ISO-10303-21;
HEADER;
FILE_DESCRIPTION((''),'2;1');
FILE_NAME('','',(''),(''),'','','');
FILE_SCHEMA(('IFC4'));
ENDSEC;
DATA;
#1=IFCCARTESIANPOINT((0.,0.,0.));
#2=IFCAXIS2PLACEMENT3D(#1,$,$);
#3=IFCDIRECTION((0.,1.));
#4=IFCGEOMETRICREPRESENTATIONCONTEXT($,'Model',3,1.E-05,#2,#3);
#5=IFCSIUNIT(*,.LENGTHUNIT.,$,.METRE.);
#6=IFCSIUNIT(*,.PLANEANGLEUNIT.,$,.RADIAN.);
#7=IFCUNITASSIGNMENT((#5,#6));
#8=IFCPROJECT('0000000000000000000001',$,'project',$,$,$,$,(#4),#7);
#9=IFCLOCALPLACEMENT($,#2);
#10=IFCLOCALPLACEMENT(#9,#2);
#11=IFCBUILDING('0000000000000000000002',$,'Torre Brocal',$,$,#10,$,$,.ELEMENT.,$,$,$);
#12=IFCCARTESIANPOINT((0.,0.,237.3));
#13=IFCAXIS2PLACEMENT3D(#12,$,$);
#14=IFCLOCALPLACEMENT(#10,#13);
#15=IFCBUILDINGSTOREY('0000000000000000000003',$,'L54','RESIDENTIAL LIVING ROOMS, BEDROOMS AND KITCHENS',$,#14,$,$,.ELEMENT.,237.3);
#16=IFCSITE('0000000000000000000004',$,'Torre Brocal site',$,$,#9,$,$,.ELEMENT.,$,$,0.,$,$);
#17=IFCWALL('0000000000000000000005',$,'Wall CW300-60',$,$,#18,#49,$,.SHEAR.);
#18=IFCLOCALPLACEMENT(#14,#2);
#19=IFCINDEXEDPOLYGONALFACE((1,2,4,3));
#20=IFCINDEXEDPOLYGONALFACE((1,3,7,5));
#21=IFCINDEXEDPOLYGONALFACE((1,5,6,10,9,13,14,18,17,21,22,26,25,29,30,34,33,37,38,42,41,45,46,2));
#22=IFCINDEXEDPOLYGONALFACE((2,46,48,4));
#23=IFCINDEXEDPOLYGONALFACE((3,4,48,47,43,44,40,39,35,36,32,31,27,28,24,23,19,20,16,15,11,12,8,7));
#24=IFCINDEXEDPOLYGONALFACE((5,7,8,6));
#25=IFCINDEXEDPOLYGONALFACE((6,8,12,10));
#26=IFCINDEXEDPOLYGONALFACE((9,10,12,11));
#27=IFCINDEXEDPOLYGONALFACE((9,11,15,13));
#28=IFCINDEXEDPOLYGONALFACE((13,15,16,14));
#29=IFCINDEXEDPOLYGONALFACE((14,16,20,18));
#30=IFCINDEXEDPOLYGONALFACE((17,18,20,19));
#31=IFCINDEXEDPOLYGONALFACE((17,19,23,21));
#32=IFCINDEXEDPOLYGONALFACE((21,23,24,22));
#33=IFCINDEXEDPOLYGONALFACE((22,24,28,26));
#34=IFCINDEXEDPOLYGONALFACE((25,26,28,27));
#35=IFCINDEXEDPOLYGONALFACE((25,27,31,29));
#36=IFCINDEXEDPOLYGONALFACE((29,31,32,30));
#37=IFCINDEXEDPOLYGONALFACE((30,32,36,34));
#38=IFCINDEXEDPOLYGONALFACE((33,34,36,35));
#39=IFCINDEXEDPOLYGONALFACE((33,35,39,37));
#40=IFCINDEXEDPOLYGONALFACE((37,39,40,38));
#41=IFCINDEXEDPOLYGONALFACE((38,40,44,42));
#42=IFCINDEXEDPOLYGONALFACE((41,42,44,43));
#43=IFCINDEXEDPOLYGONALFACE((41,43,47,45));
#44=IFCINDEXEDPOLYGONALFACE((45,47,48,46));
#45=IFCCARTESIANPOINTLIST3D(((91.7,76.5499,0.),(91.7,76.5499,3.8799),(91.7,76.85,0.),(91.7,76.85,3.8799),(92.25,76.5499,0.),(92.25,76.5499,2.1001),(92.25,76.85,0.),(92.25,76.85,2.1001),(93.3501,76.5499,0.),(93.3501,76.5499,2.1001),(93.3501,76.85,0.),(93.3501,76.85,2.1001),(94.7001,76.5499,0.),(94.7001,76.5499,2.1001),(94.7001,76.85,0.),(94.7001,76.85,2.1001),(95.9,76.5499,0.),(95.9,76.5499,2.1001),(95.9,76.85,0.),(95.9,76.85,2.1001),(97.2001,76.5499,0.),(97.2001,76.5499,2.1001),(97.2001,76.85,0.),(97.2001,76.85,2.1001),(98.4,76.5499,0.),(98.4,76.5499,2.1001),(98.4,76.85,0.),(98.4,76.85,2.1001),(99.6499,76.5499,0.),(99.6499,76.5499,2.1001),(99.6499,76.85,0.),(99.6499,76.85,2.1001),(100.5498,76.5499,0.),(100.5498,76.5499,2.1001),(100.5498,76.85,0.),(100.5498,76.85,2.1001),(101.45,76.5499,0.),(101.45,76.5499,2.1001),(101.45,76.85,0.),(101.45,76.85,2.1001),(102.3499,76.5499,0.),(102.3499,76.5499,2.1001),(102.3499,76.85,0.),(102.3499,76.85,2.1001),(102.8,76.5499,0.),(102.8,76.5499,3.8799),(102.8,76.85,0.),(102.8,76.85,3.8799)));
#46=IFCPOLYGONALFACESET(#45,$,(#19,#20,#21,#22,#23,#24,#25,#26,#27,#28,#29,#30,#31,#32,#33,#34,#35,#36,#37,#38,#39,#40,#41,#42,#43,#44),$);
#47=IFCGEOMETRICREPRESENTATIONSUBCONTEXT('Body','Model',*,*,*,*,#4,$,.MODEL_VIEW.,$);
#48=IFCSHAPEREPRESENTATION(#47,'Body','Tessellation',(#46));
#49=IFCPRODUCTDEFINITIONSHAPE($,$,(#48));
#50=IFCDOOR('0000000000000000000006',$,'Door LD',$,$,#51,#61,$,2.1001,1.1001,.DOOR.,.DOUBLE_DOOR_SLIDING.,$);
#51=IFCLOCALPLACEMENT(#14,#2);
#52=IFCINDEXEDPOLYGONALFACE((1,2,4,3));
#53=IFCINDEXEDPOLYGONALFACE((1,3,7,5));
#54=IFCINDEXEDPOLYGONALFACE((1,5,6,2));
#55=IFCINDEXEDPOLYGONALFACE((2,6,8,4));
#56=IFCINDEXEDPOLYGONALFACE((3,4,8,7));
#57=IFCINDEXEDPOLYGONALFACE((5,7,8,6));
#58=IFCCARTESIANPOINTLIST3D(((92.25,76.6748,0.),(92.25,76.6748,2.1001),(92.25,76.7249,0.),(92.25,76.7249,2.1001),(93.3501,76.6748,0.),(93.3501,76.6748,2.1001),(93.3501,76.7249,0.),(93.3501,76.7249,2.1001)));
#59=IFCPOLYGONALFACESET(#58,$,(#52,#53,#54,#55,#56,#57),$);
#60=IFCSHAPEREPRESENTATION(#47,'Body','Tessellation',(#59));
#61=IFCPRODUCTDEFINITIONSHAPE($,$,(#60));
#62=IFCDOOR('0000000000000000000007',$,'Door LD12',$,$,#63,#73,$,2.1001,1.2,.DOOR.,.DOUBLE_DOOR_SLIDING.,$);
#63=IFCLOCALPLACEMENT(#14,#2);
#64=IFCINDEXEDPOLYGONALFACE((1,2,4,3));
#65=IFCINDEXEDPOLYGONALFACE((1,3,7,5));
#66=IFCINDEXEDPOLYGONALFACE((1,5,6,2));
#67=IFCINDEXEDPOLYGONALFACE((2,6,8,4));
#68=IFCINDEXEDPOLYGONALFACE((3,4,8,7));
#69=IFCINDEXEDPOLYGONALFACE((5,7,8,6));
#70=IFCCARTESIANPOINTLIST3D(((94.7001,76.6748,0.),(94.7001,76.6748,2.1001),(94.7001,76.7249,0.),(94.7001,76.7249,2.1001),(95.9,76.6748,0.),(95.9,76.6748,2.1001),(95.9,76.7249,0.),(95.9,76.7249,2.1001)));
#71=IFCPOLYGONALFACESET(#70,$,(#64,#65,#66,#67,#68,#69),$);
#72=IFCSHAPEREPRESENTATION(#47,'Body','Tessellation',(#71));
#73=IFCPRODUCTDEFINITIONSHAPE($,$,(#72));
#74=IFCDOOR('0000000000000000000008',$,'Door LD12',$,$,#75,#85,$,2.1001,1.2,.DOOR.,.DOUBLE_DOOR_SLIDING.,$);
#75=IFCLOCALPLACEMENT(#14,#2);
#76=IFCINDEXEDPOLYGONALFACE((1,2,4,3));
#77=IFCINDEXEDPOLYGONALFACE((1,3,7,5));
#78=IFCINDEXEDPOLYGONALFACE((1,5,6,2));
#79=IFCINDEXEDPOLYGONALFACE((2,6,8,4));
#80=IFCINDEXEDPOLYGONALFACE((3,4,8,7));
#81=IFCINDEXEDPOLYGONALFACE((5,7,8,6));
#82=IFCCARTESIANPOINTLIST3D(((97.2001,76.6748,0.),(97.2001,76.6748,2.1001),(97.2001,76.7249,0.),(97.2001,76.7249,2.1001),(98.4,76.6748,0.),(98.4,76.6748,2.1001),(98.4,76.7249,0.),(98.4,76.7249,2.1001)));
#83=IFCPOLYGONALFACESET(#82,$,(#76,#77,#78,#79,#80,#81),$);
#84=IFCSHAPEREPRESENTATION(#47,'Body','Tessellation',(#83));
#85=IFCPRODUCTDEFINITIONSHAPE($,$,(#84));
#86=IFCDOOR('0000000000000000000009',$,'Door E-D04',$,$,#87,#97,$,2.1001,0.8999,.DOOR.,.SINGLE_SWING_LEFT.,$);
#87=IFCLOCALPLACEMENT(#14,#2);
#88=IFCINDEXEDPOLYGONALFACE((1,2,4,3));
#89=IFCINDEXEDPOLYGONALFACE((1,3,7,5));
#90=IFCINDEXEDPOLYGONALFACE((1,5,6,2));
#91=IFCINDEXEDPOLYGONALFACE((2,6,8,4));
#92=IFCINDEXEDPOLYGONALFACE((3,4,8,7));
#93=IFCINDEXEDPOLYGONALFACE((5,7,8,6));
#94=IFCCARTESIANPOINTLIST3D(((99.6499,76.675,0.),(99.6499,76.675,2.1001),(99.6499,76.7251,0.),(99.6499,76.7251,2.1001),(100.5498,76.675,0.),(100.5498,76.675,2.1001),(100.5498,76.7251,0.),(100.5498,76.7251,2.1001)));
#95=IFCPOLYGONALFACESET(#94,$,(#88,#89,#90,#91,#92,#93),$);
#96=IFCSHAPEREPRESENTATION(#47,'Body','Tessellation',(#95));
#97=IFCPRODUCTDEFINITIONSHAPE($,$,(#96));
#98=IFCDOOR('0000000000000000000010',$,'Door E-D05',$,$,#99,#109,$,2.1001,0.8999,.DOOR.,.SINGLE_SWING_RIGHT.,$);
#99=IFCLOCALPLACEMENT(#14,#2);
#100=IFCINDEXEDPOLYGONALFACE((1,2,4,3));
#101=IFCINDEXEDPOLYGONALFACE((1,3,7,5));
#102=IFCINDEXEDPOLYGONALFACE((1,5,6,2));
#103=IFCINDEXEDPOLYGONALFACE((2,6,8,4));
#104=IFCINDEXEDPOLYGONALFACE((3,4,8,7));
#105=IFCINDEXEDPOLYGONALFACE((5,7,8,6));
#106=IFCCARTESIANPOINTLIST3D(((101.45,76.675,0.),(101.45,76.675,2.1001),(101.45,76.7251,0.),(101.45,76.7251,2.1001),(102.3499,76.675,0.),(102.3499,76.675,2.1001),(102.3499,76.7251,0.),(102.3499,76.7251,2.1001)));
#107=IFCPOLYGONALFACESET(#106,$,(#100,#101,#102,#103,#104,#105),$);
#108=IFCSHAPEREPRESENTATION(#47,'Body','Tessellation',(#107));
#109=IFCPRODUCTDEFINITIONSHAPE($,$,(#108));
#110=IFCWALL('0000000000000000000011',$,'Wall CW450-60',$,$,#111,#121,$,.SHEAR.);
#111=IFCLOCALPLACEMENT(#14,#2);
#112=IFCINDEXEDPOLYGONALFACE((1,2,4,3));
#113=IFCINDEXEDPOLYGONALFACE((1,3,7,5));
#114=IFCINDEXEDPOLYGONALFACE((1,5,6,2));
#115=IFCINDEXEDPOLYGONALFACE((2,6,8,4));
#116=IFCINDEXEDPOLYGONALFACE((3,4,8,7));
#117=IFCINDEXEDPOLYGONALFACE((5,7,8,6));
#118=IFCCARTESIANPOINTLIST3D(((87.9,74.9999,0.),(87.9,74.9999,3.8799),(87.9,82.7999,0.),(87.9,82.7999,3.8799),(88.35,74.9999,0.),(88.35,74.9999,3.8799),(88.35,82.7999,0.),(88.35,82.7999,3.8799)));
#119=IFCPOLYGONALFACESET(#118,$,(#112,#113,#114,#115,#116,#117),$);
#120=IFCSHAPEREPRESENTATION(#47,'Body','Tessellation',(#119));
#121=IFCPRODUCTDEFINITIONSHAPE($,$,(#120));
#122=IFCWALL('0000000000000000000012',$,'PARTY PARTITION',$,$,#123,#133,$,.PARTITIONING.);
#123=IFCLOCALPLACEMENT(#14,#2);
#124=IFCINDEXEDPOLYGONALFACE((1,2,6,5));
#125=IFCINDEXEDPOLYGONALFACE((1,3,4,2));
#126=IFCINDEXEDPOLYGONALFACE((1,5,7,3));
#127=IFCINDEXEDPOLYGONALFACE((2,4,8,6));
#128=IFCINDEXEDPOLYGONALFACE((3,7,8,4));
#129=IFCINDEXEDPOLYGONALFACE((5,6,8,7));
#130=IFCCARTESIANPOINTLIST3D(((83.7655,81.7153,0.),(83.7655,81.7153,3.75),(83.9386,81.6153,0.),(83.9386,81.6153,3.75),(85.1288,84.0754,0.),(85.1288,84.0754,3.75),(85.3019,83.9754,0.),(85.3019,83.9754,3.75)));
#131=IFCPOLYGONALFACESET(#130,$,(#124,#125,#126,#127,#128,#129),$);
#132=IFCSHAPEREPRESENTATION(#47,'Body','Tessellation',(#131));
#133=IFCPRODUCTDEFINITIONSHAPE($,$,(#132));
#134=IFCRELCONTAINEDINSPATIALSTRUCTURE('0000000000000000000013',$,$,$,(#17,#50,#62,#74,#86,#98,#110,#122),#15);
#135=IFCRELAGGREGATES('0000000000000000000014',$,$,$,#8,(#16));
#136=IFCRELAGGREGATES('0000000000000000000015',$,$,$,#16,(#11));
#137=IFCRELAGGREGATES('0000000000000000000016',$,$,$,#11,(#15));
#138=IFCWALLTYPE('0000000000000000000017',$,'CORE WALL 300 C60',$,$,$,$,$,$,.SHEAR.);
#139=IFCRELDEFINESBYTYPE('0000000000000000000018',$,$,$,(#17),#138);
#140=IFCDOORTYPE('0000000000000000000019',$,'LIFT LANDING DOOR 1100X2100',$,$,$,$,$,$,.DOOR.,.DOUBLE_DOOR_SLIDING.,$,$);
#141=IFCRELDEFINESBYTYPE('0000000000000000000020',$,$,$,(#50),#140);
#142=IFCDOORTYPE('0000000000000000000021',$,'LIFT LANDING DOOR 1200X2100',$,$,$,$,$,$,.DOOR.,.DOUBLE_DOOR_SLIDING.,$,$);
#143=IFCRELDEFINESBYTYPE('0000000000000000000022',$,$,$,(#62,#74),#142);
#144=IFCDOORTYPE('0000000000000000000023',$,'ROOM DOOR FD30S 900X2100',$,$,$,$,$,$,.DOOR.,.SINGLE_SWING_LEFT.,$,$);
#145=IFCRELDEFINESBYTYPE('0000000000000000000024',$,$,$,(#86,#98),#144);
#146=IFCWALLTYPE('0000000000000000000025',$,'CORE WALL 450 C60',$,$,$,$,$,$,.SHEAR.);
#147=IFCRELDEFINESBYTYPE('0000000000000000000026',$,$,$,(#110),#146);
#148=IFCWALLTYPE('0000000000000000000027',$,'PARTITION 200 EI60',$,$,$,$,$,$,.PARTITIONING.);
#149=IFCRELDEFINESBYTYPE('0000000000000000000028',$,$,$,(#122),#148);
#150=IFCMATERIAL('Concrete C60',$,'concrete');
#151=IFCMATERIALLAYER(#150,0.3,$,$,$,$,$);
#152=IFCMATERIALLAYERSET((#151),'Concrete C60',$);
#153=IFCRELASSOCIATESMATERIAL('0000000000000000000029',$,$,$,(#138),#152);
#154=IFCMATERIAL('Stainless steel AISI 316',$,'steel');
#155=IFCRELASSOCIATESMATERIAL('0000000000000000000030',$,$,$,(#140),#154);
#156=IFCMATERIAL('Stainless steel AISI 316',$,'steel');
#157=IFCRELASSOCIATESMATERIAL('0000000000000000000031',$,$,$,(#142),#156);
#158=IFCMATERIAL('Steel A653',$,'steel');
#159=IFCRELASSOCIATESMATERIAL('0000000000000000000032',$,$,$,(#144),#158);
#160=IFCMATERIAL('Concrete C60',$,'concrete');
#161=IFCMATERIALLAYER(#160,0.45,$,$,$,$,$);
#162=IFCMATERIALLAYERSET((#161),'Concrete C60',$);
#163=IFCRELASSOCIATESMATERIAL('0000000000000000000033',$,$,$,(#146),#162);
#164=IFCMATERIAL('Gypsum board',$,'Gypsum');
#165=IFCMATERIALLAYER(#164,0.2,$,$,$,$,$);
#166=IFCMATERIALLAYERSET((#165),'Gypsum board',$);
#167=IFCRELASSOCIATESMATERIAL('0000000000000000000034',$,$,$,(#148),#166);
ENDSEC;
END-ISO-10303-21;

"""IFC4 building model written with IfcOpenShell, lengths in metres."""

from ifc_helpers import new_model, si_unit, direction, frame, frame_2d, origin, place, context, subcontext, project, spatial, rectangle, extrude, material, layer, layer_set, type_object, element, fill, save


model = new_model("IFC4")

# Units and contexts
model_context = context("Model", 3, precision=1e-05, world=origin(), true_north=direction((0.0, 1.0)))
body_context = subcontext(model_context, "Body", "Model", "MODEL_VIEW")
ifc_project = project(units=[si_unit("LENGTHUNIT", "METRE"), si_unit("PLANEANGLEUNIT", "RADIAN")], contexts=[model_context])

# Site, building, storey
site_placement = place(None, origin())
site = spatial("IfcSite", under=ifc_project, at=site_placement, Name="Torre Brocal site", CompositionType="ELEMENT", RefElevation=0.0)
building_placement = place(site_placement, origin())
building = spatial("IfcBuilding", under=site, at=building_placement, Name="Torre Brocal", CompositionType="ELEMENT")
storey_placement = place(building_placement, frame((0.0, 0.0, 237.3)))
storey = spatial("IfcBuildingStorey", under=building, at=storey_placement, Name="L54", Description="RESIDENTIAL LIVING ROOMS, BEDROOMS AND KITCHENS", CompositionType="ELEMENT", Elevation=237.3)

# Shared definitions
ifc_material_1 = material(Name="Concrete C60", Category="concrete")
ifc_layer_1 = layer(ifc_material_1, 0.3)
ifc_layer_set_1 = layer_set([ifc_layer_1], Name="Concrete C60")
wall_type_1 = type_object("IfcWallType", Name="CORE WALL 300 C60", PredefinedType="SHEAR", material=ifc_layer_set_1)

# Wall, openings, doors
wall_1_placement = place(storey_placement, frame((91.7, 76.7, 0.0), z_axis=(0.0, 0.0, 1.0), x_axis=(1.0, 0.0, 0.0)))
wall_1 = element("IfcWall", 1, at=wall_1_placement, inside=storey, type_object=wall_type_1, Name="Wall CW300-60", PredefinedType="SHEAR", context=body_context, shape_type="SweptSolid", body=[
    extrude(rectangle(XDim=11.1001, YDim=0.3, at=frame_2d((5.55, 0.0))), origin(), (0.0, 0.0, 1.0), 3.8799),
])
opening_1_placement = place(wall_1_placement, frame((0.55, 0.0, 0.0)))
opening_1 = element("IfcOpeningElement", 2, at=opening_1_placement, cuts=wall_1, PredefinedType="OPENING", context=body_context, shape_type="SweptSolid", body=[
    extrude(rectangle(XDim=1.1001, YDim=2.1001, at=frame_2d((0.55, 1.05))), frame((0.0, 0.1599, 0.0), z_axis=(0.0, -1.0, 0.0), x_axis=(1.0, 0.0, 0.0)), (0.0, 0.0, 1.0), 0.3201),
])
opening_2_placement = place(wall_1_placement, frame((3.0, 0.0, 0.0)))
opening_2 = element("IfcOpeningElement", 3, at=opening_2_placement, cuts=wall_1, PredefinedType="OPENING", context=body_context, shape_type="SweptSolid", body=[
    extrude(rectangle(XDim=1.2, YDim=2.1001, at=frame_2d((0.6001, 1.05))), frame((0.0, 0.1599, 0.0), z_axis=(0.0, -1.0, 0.0), x_axis=(1.0, 0.0, 0.0)), (0.0, 0.0, 1.0), 0.3201),
])
opening_3_placement = place(wall_1_placement, frame((5.5, 0.0, 0.0)))
opening_3 = element("IfcOpeningElement", 4, at=opening_3_placement, cuts=wall_1, PredefinedType="OPENING", context=body_context, shape_type="SweptSolid", body=[
    extrude(rectangle(XDim=1.2, YDim=2.1001, at=frame_2d((0.6001, 1.05))), frame((0.0, 0.1599, 0.0), z_axis=(0.0, -1.0, 0.0), x_axis=(1.0, 0.0, 0.0)), (0.0, 0.0, 1.0), 0.3201),
])
opening_4_placement = place(wall_1_placement, frame((7.95, 0.0, 0.0)))
opening_4 = element("IfcOpeningElement", 5, at=opening_4_placement, cuts=wall_1, PredefinedType="OPENING", context=body_context, shape_type="SweptSolid", body=[
    extrude(rectangle(XDim=0.8999, YDim=2.1001, at=frame_2d((0.45, 1.05))), frame((0.0, 0.1599, 0.0), z_axis=(0.0, -1.0, 0.0), x_axis=(1.0, 0.0, 0.0)), (0.0, 0.0, 1.0), 0.3201),
])
opening_5_placement = place(wall_1_placement, frame((9.75, 0.0, 0.0)))
opening_5 = element("IfcOpeningElement", 6, at=opening_5_placement, cuts=wall_1, PredefinedType="OPENING", context=body_context, shape_type="SweptSolid", body=[
    extrude(rectangle(XDim=0.8999, YDim=2.1001, at=frame_2d((0.45, 1.05))), frame((0.0, 0.1599, 0.0), z_axis=(0.0, -1.0, 0.0), x_axis=(1.0, 0.0, 0.0)), (0.0, 0.0, 1.0), 0.3201),
])
ifc_material_2 = material(Name="Stainless steel AISI 316", Category="steel")
door_type_1 = type_object("IfcDoorType", Name="LIFT LANDING DOOR 1100X2100", OperationType="DOUBLE_DOOR_SLIDING", PredefinedType="DOOR", material=ifc_material_2)
door_1_placement = place(opening_1_placement, origin())
door_1 = element("IfcDoor", 7, at=door_1_placement, inside=storey, type_object=door_type_1, Name="Door LD", OperationType="DOUBLE_DOOR_SLIDING", OverallHeight=2.1001, OverallWidth=1.1001, PredefinedType="DOOR", context=body_context, shape_type="SweptSolid", body=[
    extrude(rectangle(XDim=1.1001, YDim=2.1001, at=frame_2d((0.55, 1.05))), frame((0.0, 0.0249, 0.0), z_axis=(0.0, -1.0, 0.0), x_axis=(1.0, 0.0, 0.0)), (0.0, 0.0, 1.0), 0.05),
])
fill(opening_1, door_1)
ifc_material_3 = material(Name="Stainless steel AISI 316", Category="steel")
door_type_2 = type_object("IfcDoorType", Name="LIFT LANDING DOOR 1200X2100", OperationType="DOUBLE_DOOR_SLIDING", PredefinedType="DOOR", material=ifc_material_3)
door_2_placement = place(opening_2_placement, origin())
door_2 = element("IfcDoor", 8, at=door_2_placement, inside=storey, type_object=door_type_2, Name="Door LD12", OperationType="DOUBLE_DOOR_SLIDING", OverallHeight=2.1001, OverallWidth=1.2, PredefinedType="DOOR", context=body_context, shape_type="SweptSolid", body=[
    extrude(rectangle(XDim=1.2, YDim=2.1001, at=frame_2d((0.6001, 1.05))), frame((0.0, 0.0249, 0.0), z_axis=(0.0, -1.0, 0.0), x_axis=(1.0, 0.0, 0.0)), (0.0, 0.0, 1.0), 0.05),
])
fill(opening_2, door_2)
door_3_placement = place(opening_3_placement, origin())
door_3 = element("IfcDoor", 9, at=door_3_placement, inside=storey, type_object=door_type_2, Name="Door LD12", OperationType="DOUBLE_DOOR_SLIDING", OverallHeight=2.1001, OverallWidth=1.2, PredefinedType="DOOR", context=body_context, shape_type="SweptSolid", body=[
    extrude(rectangle(XDim=1.2, YDim=2.1001, at=frame_2d((0.6001, 1.05))), frame((0.0, 0.0249, 0.0), z_axis=(0.0, -1.0, 0.0), x_axis=(1.0, 0.0, 0.0)), (0.0, 0.0, 1.0), 0.05),
])
fill(opening_3, door_3)
ifc_material_4 = material(Name="Steel A653", Category="steel")
door_type_3 = type_object("IfcDoorType", Name="ROOM DOOR FD30S 900X2100", OperationType="SINGLE_SWING_LEFT", PredefinedType="DOOR", material=ifc_material_4)
door_4_placement = place(opening_4_placement, frame((0.8999, 0.0, 0.0), z_axis=(0.0, 0.0, 1.0), x_axis=(-1.0, 0.0, 0.0)))
door_4 = element("IfcDoor", 10, at=door_4_placement, inside=storey, type_object=door_type_3, Name="Door E-D04", OperationType="SINGLE_SWING_LEFT", OverallHeight=2.1001, OverallWidth=0.8999, PredefinedType="DOOR", context=body_context, shape_type="SweptSolid", body=[
    extrude(rectangle(XDim=0.8999, YDim=2.1001, at=frame_2d((0.45, 1.05))), frame((0.0, 0.0249, 0.0), z_axis=(0.0, -1.0, 0.0), x_axis=(1.0, 0.0, 0.0)), (0.0, 0.0, 1.0), 0.05),
])
fill(opening_4, door_4)
door_5_placement = place(opening_5_placement, frame((0.8999, 0.0, 0.0), z_axis=(0.0, 0.0, 1.0), x_axis=(-1.0, 0.0, 0.0)))
door_5 = element("IfcDoor", 11, at=door_5_placement, inside=storey, type_object=door_type_3, Name="Door E-D05", OperationType="SINGLE_SWING_RIGHT", OverallHeight=2.1001, OverallWidth=0.8999, PredefinedType="DOOR", context=body_context, shape_type="SweptSolid", body=[
    extrude(rectangle(XDim=0.8999, YDim=2.1001, at=frame_2d((0.45, 1.05))), frame((0.0, 0.0249, 0.0), z_axis=(0.0, -1.0, 0.0), x_axis=(1.0, 0.0, 0.0)), (0.0, 0.0, 1.0), 0.05),
])
fill(opening_5, door_5)

# Walls
ifc_material_5 = material(Name="Concrete C60", Category="concrete")
ifc_layer_2 = layer(ifc_material_5, 0.45)
ifc_layer_set_2 = layer_set([ifc_layer_2], Name="Concrete C60")
wall_type_2 = type_object("IfcWallType", Name="CORE WALL 450 C60", PredefinedType="SHEAR", material=ifc_layer_set_2)
wall_2_placement = place(storey_placement, frame((88.125, 75.0, 0.0), z_axis=(0.0, 0.0, 1.0), x_axis=(0.0, 1.0, 0.0)))
element("IfcWall", 12, at=wall_2_placement, inside=storey, type_object=wall_type_2, Name="Wall CW450-60", PredefinedType="SHEAR", context=body_context, shape_type="SweptSolid", body=[
    extrude(rectangle(XDim=7.8, YDim=0.45, at=frame_2d((3.8999, 0.0))), origin(), (0.0, 0.0, 1.0), 3.8799),
])
ifc_material_6 = material(Name="Gypsum board", Category="Gypsum")
ifc_layer_3 = layer(ifc_material_6, 0.2)
ifc_layer_set_3 = layer_set([ifc_layer_3], Name="Gypsum board")
wall_type_3 = type_object("IfcWallType", Name="PARTITION 200 EI60", PredefinedType="PARTITIONING", material=ifc_layer_set_3)
wall_3_placement = place(storey_placement, frame((83.8521, 81.6653, 0.0), z_axis=(0.0, 0.0, 1.0), x_axis=(0.500185, 0.865919, 0.0)))
element("IfcWall", 13, at=wall_3_placement, inside=storey, type_object=wall_type_3, Name="PARTY PARTITION", PredefinedType="PARTITIONING", context=body_context, shape_type="SweptSolid", body=[
    extrude(rectangle(XDim=2.7256, YDim=0.2, at=frame_2d((1.3628, 0.0))), origin(), (0.0, 0.0, 1.0), 3.75),
])

save(model, "model.ifc")
